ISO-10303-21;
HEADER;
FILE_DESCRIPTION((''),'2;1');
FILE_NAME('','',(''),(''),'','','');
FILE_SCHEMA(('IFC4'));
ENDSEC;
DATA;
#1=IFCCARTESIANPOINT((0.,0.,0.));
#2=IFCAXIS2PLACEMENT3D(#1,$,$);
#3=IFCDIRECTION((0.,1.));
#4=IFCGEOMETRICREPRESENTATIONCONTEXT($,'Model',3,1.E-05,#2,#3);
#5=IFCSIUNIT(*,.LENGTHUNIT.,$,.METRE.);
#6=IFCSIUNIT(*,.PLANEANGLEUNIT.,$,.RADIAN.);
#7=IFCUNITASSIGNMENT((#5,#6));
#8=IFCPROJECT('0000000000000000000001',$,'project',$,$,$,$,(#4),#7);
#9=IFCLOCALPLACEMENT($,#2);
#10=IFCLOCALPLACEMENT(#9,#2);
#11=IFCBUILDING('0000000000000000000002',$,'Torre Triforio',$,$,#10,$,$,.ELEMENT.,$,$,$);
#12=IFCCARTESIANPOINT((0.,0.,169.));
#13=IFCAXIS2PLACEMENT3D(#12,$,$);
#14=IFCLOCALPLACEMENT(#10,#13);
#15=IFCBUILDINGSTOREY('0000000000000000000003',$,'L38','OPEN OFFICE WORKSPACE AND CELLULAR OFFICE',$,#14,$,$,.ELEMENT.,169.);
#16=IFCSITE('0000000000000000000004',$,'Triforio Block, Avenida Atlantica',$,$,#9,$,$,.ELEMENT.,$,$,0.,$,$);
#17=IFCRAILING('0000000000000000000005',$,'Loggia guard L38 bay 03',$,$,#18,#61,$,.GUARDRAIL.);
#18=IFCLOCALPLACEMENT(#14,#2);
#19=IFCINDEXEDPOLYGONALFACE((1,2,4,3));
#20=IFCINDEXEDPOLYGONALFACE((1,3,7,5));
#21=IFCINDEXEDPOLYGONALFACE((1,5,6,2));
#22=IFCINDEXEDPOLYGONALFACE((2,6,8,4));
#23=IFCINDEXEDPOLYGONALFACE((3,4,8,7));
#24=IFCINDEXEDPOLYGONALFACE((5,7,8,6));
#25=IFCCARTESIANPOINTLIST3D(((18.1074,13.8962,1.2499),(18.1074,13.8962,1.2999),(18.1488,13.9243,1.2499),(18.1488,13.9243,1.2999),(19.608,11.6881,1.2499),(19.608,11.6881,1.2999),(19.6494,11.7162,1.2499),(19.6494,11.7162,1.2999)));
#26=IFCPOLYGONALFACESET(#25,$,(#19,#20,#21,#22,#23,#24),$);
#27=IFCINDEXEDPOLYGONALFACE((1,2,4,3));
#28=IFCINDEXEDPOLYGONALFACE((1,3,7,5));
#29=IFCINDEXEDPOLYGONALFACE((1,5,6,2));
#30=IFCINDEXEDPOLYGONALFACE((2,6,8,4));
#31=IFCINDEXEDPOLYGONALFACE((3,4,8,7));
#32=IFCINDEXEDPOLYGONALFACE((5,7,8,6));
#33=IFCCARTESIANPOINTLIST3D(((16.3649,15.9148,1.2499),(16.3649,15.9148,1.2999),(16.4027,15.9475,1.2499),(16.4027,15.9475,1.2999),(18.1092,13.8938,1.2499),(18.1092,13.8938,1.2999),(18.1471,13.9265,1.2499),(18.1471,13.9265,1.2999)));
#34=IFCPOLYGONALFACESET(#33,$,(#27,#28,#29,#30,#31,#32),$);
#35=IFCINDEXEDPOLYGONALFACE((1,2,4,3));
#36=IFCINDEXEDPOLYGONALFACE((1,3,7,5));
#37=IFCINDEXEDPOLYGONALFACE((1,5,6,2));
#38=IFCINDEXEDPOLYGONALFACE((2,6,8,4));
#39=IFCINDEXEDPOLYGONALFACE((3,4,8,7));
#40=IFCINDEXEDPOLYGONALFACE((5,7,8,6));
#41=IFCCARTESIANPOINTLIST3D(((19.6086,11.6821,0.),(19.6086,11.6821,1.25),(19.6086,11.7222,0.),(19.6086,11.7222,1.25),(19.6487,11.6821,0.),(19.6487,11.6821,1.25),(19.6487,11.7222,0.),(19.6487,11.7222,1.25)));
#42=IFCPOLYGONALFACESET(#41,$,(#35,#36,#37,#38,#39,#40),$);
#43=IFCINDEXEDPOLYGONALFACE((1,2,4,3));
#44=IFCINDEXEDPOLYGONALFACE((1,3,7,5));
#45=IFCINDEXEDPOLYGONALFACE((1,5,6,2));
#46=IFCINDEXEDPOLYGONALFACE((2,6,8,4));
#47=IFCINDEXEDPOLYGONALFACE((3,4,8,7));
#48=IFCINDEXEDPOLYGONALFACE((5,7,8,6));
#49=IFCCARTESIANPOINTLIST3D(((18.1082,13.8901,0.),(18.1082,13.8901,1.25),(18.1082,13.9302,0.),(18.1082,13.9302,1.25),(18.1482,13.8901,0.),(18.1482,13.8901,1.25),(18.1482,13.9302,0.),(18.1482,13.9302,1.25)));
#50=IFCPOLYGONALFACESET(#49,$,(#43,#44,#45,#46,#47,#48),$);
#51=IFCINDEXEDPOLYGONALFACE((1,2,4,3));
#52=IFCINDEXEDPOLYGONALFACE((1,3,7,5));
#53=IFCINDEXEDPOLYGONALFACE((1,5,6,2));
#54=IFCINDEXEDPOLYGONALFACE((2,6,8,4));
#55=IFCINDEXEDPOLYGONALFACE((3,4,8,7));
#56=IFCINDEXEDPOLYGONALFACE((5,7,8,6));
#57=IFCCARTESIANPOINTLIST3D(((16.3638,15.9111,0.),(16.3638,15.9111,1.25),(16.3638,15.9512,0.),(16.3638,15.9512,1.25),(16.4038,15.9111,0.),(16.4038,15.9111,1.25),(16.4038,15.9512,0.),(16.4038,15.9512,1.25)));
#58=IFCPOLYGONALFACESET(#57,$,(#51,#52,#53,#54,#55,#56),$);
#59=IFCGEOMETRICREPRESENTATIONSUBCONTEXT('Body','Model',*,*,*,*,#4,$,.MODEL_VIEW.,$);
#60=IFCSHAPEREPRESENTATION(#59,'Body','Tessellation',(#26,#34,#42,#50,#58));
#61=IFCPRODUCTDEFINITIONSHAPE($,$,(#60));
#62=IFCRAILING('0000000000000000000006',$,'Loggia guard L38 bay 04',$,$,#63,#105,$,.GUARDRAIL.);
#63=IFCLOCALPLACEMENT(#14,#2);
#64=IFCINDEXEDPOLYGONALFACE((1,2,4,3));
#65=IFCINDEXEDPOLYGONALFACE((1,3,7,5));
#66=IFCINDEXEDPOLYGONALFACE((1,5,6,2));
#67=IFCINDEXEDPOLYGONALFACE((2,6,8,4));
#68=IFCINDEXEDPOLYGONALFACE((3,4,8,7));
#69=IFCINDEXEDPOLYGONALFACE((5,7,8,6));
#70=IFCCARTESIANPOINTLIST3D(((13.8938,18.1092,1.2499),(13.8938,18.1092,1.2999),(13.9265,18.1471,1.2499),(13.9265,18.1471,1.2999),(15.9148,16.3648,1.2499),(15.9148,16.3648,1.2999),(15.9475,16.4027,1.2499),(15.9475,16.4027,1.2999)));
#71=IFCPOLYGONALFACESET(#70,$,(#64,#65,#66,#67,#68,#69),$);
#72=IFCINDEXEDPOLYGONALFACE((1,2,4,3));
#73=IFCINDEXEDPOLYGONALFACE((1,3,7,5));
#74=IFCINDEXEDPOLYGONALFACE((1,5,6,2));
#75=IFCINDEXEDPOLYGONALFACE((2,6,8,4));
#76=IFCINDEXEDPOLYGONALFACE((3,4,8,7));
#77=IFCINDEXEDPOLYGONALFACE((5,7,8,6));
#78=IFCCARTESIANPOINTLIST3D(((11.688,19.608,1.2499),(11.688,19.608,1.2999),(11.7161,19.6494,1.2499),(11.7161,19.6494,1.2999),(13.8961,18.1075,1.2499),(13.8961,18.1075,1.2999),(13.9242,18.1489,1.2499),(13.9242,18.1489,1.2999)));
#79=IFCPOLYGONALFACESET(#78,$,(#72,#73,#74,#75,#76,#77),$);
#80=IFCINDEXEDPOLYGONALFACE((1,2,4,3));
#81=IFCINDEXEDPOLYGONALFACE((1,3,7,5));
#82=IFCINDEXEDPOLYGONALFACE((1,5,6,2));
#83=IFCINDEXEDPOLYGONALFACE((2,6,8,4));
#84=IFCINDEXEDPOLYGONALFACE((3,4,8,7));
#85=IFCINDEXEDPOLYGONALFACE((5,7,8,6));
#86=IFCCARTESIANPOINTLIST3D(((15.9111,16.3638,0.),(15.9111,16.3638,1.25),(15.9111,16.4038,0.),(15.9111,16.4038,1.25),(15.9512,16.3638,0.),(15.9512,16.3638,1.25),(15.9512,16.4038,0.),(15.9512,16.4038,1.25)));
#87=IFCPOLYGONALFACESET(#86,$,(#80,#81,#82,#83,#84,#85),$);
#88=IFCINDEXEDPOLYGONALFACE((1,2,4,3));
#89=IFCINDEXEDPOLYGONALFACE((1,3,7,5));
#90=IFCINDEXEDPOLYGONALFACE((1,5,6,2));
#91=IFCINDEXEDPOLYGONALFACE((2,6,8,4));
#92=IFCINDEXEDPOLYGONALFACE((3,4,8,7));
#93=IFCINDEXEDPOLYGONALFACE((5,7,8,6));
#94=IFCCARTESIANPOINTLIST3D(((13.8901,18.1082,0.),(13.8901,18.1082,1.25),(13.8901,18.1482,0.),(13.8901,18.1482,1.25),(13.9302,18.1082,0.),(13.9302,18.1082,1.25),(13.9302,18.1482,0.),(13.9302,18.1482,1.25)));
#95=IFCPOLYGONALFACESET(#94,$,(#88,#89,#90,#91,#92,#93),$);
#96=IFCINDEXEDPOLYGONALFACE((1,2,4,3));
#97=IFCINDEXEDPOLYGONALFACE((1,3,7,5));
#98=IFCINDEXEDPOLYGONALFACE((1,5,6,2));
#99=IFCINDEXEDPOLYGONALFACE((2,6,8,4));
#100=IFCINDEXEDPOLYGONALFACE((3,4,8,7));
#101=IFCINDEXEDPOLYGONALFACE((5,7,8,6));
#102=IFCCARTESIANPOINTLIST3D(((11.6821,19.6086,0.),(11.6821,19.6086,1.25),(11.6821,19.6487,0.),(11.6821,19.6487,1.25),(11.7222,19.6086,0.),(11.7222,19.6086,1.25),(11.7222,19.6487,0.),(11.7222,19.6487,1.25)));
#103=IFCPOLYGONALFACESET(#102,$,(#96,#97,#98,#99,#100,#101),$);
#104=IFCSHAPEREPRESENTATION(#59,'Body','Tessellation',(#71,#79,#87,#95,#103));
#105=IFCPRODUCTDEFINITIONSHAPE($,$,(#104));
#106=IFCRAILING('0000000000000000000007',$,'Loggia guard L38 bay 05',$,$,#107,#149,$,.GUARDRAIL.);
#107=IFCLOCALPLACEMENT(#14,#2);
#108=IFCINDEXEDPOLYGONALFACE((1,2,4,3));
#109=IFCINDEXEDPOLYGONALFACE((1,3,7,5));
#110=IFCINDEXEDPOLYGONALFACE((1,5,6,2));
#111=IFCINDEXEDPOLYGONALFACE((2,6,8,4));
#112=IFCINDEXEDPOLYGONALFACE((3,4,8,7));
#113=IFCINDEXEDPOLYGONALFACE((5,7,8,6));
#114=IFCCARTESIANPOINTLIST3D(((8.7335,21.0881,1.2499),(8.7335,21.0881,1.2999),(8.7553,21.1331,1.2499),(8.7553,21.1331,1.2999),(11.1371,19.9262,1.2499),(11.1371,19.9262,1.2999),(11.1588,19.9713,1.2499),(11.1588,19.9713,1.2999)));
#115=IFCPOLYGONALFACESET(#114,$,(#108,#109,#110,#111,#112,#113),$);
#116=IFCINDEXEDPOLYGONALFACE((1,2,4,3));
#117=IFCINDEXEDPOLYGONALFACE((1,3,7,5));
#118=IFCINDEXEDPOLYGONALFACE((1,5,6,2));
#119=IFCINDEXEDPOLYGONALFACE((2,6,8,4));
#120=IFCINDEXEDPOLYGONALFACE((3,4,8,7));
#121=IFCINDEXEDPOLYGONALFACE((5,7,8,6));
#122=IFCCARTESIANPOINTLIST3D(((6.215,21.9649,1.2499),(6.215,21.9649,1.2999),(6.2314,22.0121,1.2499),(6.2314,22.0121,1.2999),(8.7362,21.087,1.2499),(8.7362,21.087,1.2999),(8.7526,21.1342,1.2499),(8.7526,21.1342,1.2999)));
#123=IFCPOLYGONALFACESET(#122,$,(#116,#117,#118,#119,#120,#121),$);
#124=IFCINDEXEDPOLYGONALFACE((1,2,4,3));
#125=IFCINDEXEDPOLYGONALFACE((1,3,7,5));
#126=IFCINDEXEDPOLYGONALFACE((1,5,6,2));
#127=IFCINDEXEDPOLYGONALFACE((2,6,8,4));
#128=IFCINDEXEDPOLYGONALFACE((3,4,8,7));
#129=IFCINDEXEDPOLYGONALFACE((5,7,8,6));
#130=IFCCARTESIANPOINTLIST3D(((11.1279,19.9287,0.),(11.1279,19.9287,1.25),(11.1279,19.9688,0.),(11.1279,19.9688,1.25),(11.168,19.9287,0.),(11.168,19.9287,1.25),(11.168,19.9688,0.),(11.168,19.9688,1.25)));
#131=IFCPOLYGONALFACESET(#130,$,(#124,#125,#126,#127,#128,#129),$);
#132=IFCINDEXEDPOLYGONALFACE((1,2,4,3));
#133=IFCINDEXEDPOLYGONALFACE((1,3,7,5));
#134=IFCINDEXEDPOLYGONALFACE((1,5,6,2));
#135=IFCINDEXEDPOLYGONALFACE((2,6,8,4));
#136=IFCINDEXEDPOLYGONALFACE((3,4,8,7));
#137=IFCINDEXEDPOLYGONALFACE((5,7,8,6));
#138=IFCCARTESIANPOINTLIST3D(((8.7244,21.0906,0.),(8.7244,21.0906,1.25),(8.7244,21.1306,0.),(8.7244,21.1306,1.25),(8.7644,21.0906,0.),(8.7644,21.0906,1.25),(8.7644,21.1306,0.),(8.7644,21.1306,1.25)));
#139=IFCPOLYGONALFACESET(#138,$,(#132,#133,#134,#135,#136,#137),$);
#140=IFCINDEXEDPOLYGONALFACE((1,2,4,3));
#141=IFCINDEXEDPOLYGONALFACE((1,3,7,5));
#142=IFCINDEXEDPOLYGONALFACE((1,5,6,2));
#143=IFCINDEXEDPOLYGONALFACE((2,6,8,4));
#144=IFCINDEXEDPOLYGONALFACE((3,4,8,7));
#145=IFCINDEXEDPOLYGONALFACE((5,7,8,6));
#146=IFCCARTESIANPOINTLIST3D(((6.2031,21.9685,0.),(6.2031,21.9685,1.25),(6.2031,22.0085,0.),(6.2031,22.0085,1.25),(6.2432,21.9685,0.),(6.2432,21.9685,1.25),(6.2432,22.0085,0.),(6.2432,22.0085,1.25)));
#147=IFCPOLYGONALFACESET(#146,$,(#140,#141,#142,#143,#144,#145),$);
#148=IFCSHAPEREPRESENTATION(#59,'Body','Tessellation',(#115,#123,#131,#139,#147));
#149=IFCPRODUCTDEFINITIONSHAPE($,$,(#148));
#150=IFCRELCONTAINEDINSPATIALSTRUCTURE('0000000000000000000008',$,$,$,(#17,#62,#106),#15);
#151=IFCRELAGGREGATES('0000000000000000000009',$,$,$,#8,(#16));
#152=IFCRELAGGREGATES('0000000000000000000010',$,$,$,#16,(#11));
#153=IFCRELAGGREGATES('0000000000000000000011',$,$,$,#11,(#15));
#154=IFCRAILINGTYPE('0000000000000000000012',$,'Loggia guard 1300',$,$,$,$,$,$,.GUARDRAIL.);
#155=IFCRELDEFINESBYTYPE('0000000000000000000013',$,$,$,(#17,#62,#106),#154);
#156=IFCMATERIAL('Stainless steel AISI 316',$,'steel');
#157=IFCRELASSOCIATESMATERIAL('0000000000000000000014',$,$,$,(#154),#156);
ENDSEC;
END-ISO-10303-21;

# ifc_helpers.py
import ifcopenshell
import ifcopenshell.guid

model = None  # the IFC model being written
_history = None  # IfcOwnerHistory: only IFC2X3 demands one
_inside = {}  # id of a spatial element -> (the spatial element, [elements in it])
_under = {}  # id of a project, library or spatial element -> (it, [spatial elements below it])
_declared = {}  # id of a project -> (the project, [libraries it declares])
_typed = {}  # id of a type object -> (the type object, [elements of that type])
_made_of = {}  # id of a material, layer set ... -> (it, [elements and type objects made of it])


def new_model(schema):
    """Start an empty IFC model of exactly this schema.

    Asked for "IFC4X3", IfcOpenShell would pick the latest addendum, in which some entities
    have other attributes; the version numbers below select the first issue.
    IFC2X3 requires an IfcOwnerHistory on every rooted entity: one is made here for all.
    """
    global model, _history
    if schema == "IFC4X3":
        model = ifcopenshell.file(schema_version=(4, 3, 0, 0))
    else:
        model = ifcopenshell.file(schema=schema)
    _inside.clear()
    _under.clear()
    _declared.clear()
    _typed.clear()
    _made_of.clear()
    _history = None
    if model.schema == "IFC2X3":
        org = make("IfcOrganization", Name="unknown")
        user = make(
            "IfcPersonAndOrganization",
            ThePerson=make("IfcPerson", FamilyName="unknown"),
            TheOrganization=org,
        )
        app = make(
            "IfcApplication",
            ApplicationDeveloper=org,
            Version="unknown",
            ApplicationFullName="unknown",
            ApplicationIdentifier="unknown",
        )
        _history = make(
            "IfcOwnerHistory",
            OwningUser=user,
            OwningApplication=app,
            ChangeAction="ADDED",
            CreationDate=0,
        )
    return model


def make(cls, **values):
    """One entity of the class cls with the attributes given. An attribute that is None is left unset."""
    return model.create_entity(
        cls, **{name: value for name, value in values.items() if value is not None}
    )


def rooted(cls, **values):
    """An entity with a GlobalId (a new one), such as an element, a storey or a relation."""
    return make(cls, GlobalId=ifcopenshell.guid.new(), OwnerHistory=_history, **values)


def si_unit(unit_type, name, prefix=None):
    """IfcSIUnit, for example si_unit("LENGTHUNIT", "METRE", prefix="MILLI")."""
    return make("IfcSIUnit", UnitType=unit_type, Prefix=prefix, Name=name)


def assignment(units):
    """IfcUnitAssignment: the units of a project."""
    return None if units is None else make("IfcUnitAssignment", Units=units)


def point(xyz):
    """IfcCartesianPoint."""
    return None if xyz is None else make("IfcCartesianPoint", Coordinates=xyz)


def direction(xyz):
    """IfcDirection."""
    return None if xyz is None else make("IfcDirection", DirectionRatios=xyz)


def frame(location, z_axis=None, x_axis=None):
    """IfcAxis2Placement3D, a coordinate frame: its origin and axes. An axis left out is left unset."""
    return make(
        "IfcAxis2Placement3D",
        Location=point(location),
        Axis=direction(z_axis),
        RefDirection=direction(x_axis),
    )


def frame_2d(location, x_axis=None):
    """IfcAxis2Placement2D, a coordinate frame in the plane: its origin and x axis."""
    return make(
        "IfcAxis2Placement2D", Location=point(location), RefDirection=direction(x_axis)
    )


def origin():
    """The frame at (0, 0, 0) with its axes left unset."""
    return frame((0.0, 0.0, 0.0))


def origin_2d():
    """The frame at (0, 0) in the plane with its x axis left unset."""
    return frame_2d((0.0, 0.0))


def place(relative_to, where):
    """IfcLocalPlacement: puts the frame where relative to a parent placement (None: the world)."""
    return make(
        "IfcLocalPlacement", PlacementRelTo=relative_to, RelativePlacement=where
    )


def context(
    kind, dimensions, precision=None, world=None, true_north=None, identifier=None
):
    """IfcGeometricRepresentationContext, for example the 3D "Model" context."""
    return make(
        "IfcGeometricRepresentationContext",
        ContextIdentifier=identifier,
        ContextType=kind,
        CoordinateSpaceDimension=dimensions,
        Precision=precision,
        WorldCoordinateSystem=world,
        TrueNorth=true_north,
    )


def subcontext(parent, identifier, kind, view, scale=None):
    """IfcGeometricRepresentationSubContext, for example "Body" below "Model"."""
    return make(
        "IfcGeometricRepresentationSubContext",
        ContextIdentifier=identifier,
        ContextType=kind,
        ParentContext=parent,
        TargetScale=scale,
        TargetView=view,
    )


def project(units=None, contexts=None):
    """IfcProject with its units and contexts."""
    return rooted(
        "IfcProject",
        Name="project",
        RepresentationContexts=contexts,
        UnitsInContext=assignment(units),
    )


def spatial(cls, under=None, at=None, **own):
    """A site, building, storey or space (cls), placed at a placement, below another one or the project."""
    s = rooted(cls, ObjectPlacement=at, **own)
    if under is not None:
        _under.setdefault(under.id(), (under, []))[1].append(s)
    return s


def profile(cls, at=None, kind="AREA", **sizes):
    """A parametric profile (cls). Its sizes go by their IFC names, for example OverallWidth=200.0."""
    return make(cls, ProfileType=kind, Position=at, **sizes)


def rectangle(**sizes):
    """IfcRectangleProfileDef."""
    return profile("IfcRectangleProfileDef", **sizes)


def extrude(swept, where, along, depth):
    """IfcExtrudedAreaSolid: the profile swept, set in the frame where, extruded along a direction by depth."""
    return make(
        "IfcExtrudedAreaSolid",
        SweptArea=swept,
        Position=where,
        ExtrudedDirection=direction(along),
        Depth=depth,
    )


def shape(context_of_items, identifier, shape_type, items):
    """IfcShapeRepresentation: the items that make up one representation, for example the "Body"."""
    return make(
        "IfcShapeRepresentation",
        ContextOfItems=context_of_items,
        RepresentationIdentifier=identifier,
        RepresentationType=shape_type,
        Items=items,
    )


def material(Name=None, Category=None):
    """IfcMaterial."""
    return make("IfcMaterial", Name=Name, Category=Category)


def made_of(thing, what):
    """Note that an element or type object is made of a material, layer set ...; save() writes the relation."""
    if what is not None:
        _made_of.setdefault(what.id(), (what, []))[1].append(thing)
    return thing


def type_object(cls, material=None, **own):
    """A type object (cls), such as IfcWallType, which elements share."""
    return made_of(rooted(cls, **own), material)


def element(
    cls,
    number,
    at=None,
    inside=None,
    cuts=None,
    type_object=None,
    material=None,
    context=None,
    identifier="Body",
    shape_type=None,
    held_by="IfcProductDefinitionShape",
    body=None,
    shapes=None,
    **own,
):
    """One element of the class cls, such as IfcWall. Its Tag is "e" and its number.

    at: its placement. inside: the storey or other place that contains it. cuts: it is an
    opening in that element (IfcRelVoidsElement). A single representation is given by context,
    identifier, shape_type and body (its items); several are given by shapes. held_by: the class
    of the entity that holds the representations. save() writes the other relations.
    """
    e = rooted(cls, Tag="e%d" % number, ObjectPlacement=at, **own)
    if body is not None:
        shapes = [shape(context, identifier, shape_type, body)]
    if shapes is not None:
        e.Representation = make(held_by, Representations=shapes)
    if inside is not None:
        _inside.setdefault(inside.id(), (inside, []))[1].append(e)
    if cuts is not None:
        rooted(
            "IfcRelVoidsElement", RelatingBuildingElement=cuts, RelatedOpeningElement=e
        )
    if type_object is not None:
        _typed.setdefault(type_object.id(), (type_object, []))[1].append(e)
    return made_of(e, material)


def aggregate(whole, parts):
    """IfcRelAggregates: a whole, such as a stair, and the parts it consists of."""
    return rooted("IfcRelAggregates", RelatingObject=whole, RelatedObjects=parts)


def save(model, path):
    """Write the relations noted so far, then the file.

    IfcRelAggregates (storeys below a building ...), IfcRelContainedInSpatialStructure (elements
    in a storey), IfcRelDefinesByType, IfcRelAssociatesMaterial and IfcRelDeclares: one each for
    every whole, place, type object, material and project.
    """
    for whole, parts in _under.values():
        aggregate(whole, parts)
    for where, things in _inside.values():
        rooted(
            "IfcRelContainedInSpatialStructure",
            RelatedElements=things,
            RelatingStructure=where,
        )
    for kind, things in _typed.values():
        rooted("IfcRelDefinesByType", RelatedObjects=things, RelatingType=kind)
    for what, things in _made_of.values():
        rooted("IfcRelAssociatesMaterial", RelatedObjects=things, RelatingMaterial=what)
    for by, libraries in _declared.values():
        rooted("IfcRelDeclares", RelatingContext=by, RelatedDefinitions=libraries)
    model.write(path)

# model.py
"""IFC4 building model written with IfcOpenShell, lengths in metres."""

from ifc_helpers import new_model, si_unit, direction, frame, origin, origin_2d, place, context, subcontext, project, spatial, rectangle, extrude, material, type_object, element, save


model = new_model("IFC4")

# Units and contexts
model_context = context("Model", 3, precision=1e-05, world=origin(), true_north=direction((0.0, 1.0)))
body_context = subcontext(model_context, "Body", "Model", "MODEL_VIEW")
ifc_project = project(units=[si_unit("LENGTHUNIT", "METRE"), si_unit("PLANEANGLEUNIT", "RADIAN")], contexts=[model_context])

# Site, building, storey
site_placement = place(None, origin())
site = spatial("IfcSite", under=ifc_project, at=site_placement, Name="Triforio Block, Avenida Atlantica", CompositionType="ELEMENT", RefElevation=0.0)
building_placement = place(site_placement, origin())
building = spatial("IfcBuilding", under=site, at=building_placement, Name="Torre Triforio", CompositionType="ELEMENT")
storey_placement = place(building_placement, frame((0.0, 0.0, 169.0)))
storey = spatial("IfcBuildingStorey", under=building, at=storey_placement, Name="L38", Description="OPEN OFFICE WORKSPACE AND CELLULAR OFFICE", CompositionType="ELEMENT", Elevation=169.0)

# Railings
ifc_material_1 = material(Name="Stainless steel AISI 316", Category="steel")
railing_type = type_object("IfcRailingType", Name="Loggia guard 1300", PredefinedType="GUARDRAIL", material=ifc_material_1)
railing_1_placement = place(storey_placement, frame((19.6287, 11.7021, 0.0)))
element("IfcRailing", 1, at=railing_1_placement, inside=storey, type_object=railing_type, Name="Loggia guard L38 bay 03", PredefinedType="GUARDRAIL", context=body_context, shape_type="SweptSolid", body=[
    extrude(rectangle(XDim=0.05, YDim=0.05, at=origin_2d()), frame((0.0, 0.0, 1.2749), z_axis=(-0.562065, 0.827093, 0.0), x_axis=(-0.827093, -0.562065, 0.0)), (0.0, 0.0, 1.0), 2.6697),
    extrude(rectangle(XDim=0.05, YDim=0.05, at=origin_2d()), frame((-1.5005, 2.208, 1.2749), z_axis=(-0.653401, 0.757012, 0.0), x_axis=(-0.757012, -0.653401, 0.0)), (0.0, 0.0, 1.0), 2.6697),
    extrude(rectangle(XDim=0.04, YDim=0.04, at=origin_2d()), origin(), (0.0, 0.0, 1.0), 1.25),
    extrude(rectangle(XDim=0.04, YDim=0.04, at=origin_2d()), frame((-1.5005, 2.208, 0.0)), (0.0, 0.0, 1.0), 1.25),
    extrude(rectangle(XDim=0.04, YDim=0.04, at=origin_2d()), frame((-3.2449, 4.229, 0.0)), (0.0, 0.0, 1.0), 1.25),
])
railing_2_placement = place(storey_placement, frame((15.9312, 16.3838, 0.0)))
element("IfcRailing", 2, at=railing_2_placement, inside=storey, type_object=railing_type, Name="Loggia guard L38 bay 04", PredefinedType="GUARDRAIL", context=body_context, shape_type="SweptSolid", body=[
    extrude(rectangle(XDim=0.05, YDim=0.05, at=origin_2d()), frame((0.0, 0.0, 1.2749), z_axis=(-0.757012, 0.653401, 0.0), x_axis=(-0.653401, -0.757012, 0.0)), (0.0, 0.0, 1.0), 2.6697),
    extrude(rectangle(XDim=0.05, YDim=0.05, at=origin_2d()), frame((-2.021, 1.7444, 1.2749), z_axis=(-0.827093, 0.562065, 0.0), x_axis=(-0.562065, -0.827093, 0.0)), (0.0, 0.0, 1.0), 2.6697),
    extrude(rectangle(XDim=0.04, YDim=0.04, at=origin_2d()), origin(), (0.0, 0.0, 1.0), 1.25),
    extrude(rectangle(XDim=0.04, YDim=0.04, at=origin_2d()), frame((-2.021, 1.7444, 0.0)), (0.0, 0.0, 1.0), 1.25),
    extrude(rectangle(XDim=0.04, YDim=0.04, at=origin_2d()), frame((-4.229, 3.2449, 0.0)), (0.0, 0.0, 1.0), 1.25),
])
railing_3_placement = place(storey_placement, frame((11.1479, 19.9487, 0.0)))
element("IfcRailing", 3, at=railing_3_placement, inside=storey, type_object=railing_type, Name="Loggia guard L38 bay 05", PredefinedType="GUARDRAIL", context=body_context, shape_type="SweptSolid", body=[
    extrude(rectangle(XDim=0.05, YDim=0.05, at=origin_2d()), frame((0.0, 0.0, 1.2749), z_axis=(-0.900328, 0.435212, 0.0), x_axis=(-0.435212, -0.900328, 0.0)), (0.0, 0.0, 1.0), 2.6697),
    extrude(rectangle(XDim=0.05, YDim=0.05, at=origin_2d()), frame((-2.4036, 1.1619, 1.2749), z_axis=(-0.944383, 0.328847, 0.0), x_axis=(-0.328847, -0.944383, 0.0)), (0.0, 0.0, 1.0), 2.6697),
    extrude(rectangle(XDim=0.04, YDim=0.04, at=origin_2d()), origin(), (0.0, 0.0, 1.0), 1.25),
    extrude(rectangle(XDim=0.04, YDim=0.04, at=origin_2d()), frame((-2.4036, 1.1619, 0.0)), (0.0, 0.0, 1.0), 1.25),
    extrude(rectangle(XDim=0.04, YDim=0.04, at=origin_2d()), frame((-4.9248, 2.0398, 0.0)), (0.0, 0.0, 1.0), 1.25),
])

save(model, "model.ifc")
